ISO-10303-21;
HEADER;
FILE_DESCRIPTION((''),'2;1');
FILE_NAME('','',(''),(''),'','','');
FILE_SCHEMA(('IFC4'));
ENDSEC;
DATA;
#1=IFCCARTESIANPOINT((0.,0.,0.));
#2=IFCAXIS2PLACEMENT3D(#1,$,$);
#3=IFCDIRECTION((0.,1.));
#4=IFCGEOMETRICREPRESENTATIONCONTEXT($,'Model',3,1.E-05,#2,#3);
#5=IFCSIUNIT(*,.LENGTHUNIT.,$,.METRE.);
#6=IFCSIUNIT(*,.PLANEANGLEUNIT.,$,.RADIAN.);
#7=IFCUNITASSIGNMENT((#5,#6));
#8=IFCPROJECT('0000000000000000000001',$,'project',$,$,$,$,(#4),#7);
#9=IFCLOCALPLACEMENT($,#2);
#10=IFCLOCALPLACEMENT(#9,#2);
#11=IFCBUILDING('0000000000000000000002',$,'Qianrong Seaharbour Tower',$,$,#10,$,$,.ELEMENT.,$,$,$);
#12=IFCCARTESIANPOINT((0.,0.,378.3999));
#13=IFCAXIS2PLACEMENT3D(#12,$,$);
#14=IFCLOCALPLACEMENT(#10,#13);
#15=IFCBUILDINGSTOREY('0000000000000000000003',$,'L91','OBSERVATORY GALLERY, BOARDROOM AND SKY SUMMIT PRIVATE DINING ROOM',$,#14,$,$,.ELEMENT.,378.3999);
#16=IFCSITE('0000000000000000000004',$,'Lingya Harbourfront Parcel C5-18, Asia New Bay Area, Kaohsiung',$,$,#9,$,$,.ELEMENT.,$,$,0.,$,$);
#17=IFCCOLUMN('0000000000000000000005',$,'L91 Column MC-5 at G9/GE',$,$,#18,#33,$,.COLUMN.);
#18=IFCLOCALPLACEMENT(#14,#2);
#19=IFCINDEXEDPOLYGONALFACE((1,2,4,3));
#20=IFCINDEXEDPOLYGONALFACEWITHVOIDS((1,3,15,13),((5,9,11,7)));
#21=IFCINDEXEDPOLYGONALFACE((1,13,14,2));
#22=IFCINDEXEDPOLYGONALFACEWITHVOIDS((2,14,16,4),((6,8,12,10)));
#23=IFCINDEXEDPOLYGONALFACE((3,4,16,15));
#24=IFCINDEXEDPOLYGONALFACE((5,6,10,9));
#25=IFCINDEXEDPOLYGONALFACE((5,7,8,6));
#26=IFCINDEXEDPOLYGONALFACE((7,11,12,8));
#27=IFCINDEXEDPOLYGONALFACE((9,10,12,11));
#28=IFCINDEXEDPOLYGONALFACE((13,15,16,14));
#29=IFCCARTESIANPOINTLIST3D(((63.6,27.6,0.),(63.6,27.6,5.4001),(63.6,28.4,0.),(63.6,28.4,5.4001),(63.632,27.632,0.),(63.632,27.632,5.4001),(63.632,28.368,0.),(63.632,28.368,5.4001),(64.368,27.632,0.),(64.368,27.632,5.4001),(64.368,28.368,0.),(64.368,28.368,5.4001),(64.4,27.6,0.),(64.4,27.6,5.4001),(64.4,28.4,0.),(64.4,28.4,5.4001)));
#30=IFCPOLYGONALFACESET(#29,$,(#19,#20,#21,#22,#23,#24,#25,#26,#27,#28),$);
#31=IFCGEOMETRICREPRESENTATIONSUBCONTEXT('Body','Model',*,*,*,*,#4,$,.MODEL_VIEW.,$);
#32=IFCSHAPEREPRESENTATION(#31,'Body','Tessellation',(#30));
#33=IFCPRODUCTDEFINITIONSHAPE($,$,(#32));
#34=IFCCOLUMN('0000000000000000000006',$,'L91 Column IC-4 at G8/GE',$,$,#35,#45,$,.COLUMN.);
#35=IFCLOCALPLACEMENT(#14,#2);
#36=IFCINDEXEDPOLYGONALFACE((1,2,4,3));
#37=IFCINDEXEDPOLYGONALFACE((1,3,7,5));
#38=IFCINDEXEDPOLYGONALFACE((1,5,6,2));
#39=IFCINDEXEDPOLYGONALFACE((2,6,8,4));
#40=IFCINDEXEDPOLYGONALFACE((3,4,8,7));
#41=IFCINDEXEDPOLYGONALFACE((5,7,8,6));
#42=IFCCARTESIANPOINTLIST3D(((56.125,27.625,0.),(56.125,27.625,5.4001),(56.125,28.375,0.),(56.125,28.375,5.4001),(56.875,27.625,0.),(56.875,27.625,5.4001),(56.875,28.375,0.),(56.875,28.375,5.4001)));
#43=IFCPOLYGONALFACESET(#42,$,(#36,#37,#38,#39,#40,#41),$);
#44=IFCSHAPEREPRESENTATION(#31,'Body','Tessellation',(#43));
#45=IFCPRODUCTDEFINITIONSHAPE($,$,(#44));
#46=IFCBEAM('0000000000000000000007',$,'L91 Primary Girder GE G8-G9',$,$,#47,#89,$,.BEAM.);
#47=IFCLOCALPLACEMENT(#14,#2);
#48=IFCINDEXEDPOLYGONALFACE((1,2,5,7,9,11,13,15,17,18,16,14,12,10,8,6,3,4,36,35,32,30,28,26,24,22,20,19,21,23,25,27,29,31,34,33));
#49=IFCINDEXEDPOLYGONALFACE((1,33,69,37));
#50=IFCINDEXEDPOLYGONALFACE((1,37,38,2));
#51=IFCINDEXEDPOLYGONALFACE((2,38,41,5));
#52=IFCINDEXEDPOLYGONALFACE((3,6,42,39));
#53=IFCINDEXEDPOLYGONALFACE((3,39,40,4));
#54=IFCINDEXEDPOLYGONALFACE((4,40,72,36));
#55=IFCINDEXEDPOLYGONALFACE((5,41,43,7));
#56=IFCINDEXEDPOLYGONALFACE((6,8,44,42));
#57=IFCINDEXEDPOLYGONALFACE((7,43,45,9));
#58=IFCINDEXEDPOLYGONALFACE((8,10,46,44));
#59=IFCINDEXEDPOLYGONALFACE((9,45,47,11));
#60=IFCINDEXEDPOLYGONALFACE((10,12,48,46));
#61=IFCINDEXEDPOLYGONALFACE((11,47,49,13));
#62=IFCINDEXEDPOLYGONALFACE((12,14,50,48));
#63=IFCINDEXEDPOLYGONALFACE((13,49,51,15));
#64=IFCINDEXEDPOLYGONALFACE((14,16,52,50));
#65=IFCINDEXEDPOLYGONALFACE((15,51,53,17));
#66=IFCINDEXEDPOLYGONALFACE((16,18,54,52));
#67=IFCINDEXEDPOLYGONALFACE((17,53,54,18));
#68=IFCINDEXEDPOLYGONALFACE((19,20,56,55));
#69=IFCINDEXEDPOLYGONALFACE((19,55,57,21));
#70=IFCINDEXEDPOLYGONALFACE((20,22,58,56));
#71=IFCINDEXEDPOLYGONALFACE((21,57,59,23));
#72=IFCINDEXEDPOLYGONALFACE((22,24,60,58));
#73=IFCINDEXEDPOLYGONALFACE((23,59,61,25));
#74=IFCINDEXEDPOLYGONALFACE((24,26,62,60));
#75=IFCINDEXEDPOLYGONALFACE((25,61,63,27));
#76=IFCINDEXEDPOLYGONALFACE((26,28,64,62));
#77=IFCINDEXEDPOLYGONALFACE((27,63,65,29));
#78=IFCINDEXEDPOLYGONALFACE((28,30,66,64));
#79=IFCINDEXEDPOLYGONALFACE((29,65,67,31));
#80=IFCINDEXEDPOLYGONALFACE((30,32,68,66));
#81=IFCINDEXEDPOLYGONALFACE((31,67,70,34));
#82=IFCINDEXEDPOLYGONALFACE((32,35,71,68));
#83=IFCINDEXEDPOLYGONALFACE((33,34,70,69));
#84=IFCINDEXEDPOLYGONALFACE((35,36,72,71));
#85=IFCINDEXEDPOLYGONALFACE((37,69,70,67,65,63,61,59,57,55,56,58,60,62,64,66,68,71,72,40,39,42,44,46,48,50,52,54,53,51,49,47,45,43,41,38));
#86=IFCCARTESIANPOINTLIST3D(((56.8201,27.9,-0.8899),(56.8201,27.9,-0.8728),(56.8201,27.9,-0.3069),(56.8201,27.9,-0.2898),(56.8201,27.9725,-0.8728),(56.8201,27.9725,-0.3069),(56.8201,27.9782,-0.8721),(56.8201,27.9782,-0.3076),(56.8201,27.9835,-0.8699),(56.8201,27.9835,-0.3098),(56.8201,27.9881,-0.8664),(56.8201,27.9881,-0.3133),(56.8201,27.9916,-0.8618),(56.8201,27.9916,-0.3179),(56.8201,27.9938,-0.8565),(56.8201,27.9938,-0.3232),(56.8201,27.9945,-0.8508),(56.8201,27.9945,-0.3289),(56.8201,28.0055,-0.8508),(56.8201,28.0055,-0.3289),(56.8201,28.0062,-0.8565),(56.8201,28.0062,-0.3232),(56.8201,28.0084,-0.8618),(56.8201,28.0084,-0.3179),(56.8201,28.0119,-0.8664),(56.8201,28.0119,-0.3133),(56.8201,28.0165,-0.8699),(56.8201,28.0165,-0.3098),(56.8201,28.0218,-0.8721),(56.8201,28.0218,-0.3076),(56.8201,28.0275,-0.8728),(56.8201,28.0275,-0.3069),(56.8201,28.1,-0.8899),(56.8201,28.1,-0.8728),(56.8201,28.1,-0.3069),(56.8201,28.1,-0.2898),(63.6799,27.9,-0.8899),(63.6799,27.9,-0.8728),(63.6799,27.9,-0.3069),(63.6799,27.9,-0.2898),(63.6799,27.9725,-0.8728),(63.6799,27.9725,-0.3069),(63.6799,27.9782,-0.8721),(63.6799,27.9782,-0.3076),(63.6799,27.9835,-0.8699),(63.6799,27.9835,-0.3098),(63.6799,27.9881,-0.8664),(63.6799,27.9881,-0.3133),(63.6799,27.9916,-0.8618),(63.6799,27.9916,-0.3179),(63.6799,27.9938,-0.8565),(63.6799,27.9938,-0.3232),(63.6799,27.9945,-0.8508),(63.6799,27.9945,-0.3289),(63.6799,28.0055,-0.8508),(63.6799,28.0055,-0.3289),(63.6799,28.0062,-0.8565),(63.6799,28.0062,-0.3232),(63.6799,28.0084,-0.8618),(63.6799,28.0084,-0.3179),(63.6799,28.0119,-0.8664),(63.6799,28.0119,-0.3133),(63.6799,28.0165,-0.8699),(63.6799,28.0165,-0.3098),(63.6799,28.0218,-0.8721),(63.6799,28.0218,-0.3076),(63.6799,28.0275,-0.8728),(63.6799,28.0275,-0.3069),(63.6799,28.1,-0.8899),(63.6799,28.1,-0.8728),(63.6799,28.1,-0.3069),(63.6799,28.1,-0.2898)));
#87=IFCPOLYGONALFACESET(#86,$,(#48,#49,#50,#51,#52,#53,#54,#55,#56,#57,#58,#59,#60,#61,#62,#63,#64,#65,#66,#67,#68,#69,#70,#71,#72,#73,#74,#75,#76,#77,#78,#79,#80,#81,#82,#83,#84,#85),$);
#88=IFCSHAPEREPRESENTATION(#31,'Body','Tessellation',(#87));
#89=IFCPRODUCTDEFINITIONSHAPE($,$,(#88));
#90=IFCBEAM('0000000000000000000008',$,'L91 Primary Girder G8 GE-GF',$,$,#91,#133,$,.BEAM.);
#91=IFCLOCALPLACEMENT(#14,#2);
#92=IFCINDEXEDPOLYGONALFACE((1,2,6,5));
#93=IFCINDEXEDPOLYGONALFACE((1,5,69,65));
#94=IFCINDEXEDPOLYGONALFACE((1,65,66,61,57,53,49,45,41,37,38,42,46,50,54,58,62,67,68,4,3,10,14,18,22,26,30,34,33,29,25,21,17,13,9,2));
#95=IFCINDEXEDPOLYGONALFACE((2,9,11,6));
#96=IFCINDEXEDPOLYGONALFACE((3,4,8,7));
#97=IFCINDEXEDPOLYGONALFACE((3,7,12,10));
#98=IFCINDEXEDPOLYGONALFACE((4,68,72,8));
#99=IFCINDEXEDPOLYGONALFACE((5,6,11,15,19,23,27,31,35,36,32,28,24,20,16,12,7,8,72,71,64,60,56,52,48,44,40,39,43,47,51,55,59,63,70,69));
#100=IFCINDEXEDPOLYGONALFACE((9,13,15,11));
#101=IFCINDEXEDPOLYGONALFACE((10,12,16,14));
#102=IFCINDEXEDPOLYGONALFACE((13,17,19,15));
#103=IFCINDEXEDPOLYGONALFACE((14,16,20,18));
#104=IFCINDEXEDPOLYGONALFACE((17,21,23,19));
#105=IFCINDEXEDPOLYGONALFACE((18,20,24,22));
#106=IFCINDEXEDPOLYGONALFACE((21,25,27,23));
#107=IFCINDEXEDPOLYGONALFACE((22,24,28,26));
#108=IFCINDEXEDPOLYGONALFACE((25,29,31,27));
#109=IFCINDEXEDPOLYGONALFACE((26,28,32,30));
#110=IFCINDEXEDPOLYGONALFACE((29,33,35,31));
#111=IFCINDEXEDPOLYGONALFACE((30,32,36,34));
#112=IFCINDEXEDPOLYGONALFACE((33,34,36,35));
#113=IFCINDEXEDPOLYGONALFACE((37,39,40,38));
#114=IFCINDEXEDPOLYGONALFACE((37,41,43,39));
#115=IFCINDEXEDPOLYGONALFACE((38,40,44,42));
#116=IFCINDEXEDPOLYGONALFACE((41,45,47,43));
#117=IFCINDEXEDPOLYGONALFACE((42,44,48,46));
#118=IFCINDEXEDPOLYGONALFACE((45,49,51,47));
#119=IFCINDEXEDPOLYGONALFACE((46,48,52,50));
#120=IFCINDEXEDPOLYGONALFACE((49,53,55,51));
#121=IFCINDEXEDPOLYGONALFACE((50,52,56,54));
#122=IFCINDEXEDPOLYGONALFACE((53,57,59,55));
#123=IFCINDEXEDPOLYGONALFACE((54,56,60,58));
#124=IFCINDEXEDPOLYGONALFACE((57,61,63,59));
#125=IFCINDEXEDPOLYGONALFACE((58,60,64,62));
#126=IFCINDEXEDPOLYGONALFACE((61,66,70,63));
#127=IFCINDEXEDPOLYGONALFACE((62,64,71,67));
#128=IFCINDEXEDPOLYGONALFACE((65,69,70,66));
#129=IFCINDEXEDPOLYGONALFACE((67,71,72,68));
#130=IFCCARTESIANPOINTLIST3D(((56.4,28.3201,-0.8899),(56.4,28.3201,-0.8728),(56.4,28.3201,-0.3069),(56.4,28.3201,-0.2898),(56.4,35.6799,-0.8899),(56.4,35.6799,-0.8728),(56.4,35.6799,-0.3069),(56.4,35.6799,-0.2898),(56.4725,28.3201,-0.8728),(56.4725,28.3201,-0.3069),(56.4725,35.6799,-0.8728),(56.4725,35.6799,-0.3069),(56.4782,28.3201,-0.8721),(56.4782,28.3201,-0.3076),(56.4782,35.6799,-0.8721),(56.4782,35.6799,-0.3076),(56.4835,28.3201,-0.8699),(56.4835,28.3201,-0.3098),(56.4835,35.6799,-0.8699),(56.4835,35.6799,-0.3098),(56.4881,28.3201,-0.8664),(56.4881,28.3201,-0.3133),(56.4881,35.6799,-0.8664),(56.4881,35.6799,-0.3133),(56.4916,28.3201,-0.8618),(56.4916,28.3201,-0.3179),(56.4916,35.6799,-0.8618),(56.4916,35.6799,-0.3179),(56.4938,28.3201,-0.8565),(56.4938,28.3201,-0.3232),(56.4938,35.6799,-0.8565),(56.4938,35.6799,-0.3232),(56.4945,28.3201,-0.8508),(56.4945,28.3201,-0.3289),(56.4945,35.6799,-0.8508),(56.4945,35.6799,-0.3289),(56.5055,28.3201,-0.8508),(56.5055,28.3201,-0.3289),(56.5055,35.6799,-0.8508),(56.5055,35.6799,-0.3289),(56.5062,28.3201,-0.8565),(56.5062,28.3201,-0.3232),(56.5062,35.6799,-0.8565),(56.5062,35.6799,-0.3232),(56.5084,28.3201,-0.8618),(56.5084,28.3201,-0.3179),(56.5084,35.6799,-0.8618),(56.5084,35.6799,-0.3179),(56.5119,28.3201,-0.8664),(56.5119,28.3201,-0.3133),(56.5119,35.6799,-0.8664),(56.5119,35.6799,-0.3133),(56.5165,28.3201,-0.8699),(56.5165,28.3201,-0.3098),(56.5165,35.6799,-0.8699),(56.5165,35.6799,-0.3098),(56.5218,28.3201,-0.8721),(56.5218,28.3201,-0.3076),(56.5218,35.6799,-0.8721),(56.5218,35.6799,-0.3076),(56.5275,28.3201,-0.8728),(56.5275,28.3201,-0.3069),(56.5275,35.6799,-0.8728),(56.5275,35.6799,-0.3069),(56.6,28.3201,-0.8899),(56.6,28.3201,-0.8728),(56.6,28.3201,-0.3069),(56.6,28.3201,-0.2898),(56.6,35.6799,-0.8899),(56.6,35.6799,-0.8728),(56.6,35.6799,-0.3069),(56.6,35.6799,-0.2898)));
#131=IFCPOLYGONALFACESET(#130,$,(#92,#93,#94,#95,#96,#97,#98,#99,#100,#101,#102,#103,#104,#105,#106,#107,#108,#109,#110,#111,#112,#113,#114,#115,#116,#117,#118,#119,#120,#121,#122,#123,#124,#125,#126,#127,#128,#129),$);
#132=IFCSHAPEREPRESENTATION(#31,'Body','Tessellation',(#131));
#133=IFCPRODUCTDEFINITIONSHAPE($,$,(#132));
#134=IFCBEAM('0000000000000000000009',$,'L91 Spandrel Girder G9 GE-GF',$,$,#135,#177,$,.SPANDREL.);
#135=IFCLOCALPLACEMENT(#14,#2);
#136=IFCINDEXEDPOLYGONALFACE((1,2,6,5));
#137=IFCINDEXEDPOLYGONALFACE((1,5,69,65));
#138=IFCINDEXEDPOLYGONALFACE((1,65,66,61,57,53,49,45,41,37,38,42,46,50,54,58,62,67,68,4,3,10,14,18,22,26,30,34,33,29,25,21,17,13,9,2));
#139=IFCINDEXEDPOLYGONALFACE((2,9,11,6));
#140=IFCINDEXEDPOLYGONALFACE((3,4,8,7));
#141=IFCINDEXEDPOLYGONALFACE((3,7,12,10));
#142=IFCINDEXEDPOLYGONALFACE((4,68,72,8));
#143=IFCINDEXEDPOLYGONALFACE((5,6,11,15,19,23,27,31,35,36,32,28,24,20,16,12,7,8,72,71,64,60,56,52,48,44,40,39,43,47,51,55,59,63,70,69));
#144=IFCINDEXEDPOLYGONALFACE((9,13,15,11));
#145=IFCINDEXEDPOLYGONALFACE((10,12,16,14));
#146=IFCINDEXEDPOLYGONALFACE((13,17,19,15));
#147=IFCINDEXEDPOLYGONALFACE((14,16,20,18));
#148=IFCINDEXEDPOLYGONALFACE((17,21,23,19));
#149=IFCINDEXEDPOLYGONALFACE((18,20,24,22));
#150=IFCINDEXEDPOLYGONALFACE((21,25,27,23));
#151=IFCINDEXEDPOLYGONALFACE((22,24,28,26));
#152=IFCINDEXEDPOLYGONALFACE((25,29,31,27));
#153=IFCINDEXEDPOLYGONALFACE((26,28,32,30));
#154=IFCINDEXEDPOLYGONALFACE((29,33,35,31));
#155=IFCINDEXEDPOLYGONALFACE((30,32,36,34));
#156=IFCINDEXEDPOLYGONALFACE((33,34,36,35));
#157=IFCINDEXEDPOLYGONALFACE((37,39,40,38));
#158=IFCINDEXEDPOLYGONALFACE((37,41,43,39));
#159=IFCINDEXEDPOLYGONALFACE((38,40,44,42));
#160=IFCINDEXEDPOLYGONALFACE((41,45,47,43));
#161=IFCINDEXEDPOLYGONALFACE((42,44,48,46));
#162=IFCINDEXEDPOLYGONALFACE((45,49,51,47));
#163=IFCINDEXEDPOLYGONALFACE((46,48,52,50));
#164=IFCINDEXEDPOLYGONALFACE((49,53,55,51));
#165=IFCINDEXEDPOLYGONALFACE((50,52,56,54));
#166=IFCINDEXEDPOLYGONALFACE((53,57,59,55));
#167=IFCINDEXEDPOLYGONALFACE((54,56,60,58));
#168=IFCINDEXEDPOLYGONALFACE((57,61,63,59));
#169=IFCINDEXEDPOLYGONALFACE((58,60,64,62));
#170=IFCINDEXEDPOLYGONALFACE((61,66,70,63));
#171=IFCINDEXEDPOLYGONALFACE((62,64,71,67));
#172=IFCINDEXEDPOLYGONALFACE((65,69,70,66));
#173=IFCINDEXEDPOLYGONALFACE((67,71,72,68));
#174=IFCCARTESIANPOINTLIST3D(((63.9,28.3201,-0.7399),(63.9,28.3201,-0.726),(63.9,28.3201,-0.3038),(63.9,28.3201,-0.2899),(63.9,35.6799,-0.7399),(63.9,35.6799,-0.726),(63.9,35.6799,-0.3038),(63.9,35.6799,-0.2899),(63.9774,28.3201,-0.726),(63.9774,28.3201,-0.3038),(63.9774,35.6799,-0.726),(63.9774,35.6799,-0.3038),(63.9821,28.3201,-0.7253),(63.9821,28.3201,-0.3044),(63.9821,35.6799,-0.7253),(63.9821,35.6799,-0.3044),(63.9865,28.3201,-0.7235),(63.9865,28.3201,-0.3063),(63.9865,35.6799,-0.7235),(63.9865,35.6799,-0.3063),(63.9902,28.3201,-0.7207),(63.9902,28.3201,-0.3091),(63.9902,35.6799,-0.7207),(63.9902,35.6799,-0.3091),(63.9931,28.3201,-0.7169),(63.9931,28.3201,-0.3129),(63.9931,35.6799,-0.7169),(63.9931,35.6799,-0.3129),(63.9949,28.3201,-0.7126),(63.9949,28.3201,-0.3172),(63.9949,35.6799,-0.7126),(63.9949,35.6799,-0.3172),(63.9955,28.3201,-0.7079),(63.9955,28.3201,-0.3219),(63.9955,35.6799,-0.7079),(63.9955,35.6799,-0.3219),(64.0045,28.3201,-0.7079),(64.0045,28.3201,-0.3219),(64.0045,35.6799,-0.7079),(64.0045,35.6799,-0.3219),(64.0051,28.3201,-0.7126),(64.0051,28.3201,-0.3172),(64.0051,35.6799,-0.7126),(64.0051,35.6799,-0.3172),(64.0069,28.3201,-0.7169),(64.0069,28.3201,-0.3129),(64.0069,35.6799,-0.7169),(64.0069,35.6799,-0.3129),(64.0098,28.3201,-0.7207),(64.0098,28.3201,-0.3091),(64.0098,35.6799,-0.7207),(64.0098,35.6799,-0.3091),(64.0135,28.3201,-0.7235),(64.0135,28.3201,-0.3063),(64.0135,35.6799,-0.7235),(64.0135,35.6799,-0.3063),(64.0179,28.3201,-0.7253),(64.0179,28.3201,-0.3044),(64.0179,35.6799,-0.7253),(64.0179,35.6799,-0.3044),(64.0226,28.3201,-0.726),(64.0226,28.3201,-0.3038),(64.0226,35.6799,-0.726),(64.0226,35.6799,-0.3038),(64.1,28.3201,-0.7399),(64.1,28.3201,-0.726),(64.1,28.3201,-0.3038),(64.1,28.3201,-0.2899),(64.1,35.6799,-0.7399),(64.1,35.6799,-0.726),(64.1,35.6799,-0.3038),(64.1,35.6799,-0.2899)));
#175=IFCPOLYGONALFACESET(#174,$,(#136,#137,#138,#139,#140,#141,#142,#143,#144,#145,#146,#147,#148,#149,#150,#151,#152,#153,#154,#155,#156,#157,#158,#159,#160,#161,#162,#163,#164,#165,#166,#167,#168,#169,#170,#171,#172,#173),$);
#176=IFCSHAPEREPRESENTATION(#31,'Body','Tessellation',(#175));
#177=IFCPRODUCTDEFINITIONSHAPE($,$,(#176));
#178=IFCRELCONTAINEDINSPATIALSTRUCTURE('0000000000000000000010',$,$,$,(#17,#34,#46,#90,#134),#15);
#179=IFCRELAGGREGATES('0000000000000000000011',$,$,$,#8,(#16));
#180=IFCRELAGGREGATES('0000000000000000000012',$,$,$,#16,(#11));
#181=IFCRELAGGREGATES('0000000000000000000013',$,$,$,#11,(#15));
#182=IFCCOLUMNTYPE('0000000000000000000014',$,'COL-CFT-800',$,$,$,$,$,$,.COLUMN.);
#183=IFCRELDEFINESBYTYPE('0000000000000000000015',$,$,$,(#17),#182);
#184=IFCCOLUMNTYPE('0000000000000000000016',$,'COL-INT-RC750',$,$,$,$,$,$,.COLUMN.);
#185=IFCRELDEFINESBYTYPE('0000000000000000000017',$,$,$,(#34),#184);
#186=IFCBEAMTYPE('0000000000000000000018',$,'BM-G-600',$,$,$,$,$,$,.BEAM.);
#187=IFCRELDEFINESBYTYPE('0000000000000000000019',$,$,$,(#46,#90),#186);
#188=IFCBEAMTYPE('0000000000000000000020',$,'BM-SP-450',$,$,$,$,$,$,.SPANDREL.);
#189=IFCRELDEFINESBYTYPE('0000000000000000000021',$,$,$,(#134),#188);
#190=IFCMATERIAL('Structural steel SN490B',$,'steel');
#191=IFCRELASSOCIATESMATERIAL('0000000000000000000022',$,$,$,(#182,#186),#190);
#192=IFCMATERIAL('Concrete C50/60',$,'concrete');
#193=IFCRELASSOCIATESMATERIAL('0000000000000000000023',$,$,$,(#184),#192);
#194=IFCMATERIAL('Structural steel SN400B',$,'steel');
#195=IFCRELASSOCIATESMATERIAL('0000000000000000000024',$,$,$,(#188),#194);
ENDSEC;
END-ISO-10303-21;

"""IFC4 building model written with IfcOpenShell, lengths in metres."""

from ifc_helpers import new_model, si_unit, direction, frame, origin, origin_2d, place, context, subcontext, project, spatial, rectangle, hollow_rectangle, i_section, extrude, material, material_profile, profile_set, type_object, element, save


model = new_model("IFC4")

# Units and contexts
model_context = context("Model", 3, precision=1e-05, world=origin(), true_north=direction((0.0, 1.0)))
body_context = subcontext(model_context, "Body", "Model", "MODEL_VIEW")
ifc_project = project(units=[si_unit("LENGTHUNIT", "METRE"), si_unit("PLANEANGLEUNIT", "RADIAN")], contexts=[model_context])

# Site, building, storey
site_placement = place(None, origin())
site = spatial("IfcSite", under=ifc_project, at=site_placement, Name="Lingya Harbourfront Parcel C5-18, Asia New Bay Area, Kaohsiung", CompositionType="ELEMENT", RefElevation=0.0)
building_placement = place(site_placement, origin())
building = spatial("IfcBuilding", under=site, at=building_placement, Name="Qianrong Seaharbour Tower", CompositionType="ELEMENT")
storey_placement = place(building_placement, frame((0.0, 0.0, 378.3999)))
storey = spatial("IfcBuildingStorey", under=building, at=storey_placement, Name="L91", Description="OBSERVATORY GALLERY, BOARDROOM AND SKY SUMMIT PRIVATE DINING ROOM", CompositionType="ELEMENT", Elevation=378.3999)

# Columns
ifc_material_1 = material(Name="Structural steel SN490B", Category="steel")
ifc_material_profile_1 = material_profile(ifc_material_1, hollow_rectangle(XDim=0.8, YDim=0.8, WallThickness=0.032, at=origin_2d()), Name="BOX800x800x32")
ifc_profile_set_1 = profile_set([ifc_material_profile_1], Name="Structural steel SN490B")
column_type_1 = type_object("IfcColumnType", Name="COL-CFT-800", PredefinedType="COLUMN", material=ifc_profile_set_1)
column_1_placement = place(storey_placement, frame((64.0, 28.0, 0.0), z_axis=(0.0, 0.0, 1.0), x_axis=(1.0, 0.0, 0.0)))
element("IfcColumn", 1, at=column_1_placement, inside=storey, type_object=column_type_1, Name="L91 Column MC-5 at G9/GE", PredefinedType="COLUMN", context=body_context, shape_type="SweptSolid", body=[
    extrude(hollow_rectangle(XDim=0.8, YDim=0.8, WallThickness=0.032, at=origin_2d()), origin(), (0.0, 0.0, 1.0), 5.4001),
])
ifc_material_2 = material(Name="Concrete C50/60", Category="concrete")
ifc_material_profile_2 = material_profile(ifc_material_2, rectangle(XDim=0.75, YDim=0.75, at=origin_2d()), Name="RC750x750")
ifc_profile_set_2 = profile_set([ifc_material_profile_2], Name="Concrete C50/60")
column_type_2 = type_object("IfcColumnType", Name="COL-INT-RC750", PredefinedType="COLUMN", material=ifc_profile_set_2)
column_2_placement = place(storey_placement, frame((56.5, 28.0, 0.0), z_axis=(0.0, 0.0, 1.0), x_axis=(1.0, 0.0, 0.0)))
element("IfcColumn", 2, at=column_2_placement, inside=storey, type_object=column_type_2, Name="L91 Column IC-4 at G8/GE", PredefinedType="COLUMN", context=body_context, shape_type="SweptSolid", body=[
    extrude(rectangle(XDim=0.75, YDim=0.75, at=origin_2d()), origin(), (0.0, 0.0, 1.0), 5.4001),
])

# Beams
ifc_material_profile_3 = material_profile(ifc_material_1, i_section(OverallWidth=0.2, OverallDepth=0.6001, WebThickness=0.011, FlangeThickness=0.0171, FilletRadius=0.022, at=origin_2d()), Name="H600x200x11x17")
ifc_profile_set_3 = profile_set([ifc_material_profile_3], Name="Structural steel SN490B")
beam_type_1 = type_object("IfcBeamType", Name="BM-G-600", PredefinedType="BEAM", material=ifc_profile_set_3)
beam_1_placement = place(storey_placement, frame((56.8201, 28.0, -0.5898), z_axis=(1.0, 0.0, 0.0), x_axis=(0.0, 1.0, 0.0)))
element("IfcBeam", 3, at=beam_1_placement, inside=storey, type_object=beam_type_1, Name="L91 Primary Girder GE G8-G9", PredefinedType="BEAM", context=body_context, shape_type="SweptSolid", body=[
    extrude(i_section(OverallWidth=0.2, OverallDepth=0.6001, WebThickness=0.011, FlangeThickness=0.0171, FilletRadius=0.022, at=origin_2d()), origin(), (0.0, 0.0, 1.0), 6.8599),
])
beam_2_placement = place(storey_placement, frame((56.5, 28.3201, -0.5898), z_axis=(0.0, 1.0, 0.0), x_axis=(-1.0, 0.0, 0.0)))
element("IfcBeam", 4, at=beam_2_placement, inside=storey, type_object=beam_type_1, Name="L91 Primary Girder G8 GE-GF", PredefinedType="BEAM", context=body_context, shape_type="SweptSolid", body=[
    extrude(i_section(OverallWidth=0.2, OverallDepth=0.6001, WebThickness=0.011, FlangeThickness=0.0171, FilletRadius=0.022, at=origin_2d()), origin(), (0.0, 0.0, 1.0), 7.3599),
])
ifc_material_3 = material(Name="Structural steel SN400B", Category="steel")
ifc_material_profile_4 = material_profile(ifc_material_3, i_section(OverallWidth=0.2, OverallDepth=0.45, WebThickness=0.009, FlangeThickness=0.0139, FilletRadius=0.0181, at=origin_2d()), Name="H450x200x9x14")
ifc_profile_set_4 = profile_set([ifc_material_profile_4], Name="Structural steel SN400B")
beam_type_2 = type_object("IfcBeamType", Name="BM-SP-450", PredefinedType="SPANDREL", material=ifc_profile_set_4)
beam_3_placement = place(storey_placement, frame((64.0, 28.3201, -0.5149), z_axis=(0.0, 1.0, 0.0), x_axis=(-1.0, 0.0, 0.0)))
element("IfcBeam", 5, at=beam_3_placement, inside=storey, type_object=beam_type_2, Name="L91 Spandrel Girder G9 GE-GF", PredefinedType="SPANDREL", context=body_context, shape_type="SweptSolid", body=[
    extrude(i_section(OverallWidth=0.2, OverallDepth=0.45, WebThickness=0.009, FlangeThickness=0.0139, FilletRadius=0.0181, at=origin_2d()), origin(), (0.0, 0.0, 1.0), 7.3599),
])

save(model, "model.ifc")
